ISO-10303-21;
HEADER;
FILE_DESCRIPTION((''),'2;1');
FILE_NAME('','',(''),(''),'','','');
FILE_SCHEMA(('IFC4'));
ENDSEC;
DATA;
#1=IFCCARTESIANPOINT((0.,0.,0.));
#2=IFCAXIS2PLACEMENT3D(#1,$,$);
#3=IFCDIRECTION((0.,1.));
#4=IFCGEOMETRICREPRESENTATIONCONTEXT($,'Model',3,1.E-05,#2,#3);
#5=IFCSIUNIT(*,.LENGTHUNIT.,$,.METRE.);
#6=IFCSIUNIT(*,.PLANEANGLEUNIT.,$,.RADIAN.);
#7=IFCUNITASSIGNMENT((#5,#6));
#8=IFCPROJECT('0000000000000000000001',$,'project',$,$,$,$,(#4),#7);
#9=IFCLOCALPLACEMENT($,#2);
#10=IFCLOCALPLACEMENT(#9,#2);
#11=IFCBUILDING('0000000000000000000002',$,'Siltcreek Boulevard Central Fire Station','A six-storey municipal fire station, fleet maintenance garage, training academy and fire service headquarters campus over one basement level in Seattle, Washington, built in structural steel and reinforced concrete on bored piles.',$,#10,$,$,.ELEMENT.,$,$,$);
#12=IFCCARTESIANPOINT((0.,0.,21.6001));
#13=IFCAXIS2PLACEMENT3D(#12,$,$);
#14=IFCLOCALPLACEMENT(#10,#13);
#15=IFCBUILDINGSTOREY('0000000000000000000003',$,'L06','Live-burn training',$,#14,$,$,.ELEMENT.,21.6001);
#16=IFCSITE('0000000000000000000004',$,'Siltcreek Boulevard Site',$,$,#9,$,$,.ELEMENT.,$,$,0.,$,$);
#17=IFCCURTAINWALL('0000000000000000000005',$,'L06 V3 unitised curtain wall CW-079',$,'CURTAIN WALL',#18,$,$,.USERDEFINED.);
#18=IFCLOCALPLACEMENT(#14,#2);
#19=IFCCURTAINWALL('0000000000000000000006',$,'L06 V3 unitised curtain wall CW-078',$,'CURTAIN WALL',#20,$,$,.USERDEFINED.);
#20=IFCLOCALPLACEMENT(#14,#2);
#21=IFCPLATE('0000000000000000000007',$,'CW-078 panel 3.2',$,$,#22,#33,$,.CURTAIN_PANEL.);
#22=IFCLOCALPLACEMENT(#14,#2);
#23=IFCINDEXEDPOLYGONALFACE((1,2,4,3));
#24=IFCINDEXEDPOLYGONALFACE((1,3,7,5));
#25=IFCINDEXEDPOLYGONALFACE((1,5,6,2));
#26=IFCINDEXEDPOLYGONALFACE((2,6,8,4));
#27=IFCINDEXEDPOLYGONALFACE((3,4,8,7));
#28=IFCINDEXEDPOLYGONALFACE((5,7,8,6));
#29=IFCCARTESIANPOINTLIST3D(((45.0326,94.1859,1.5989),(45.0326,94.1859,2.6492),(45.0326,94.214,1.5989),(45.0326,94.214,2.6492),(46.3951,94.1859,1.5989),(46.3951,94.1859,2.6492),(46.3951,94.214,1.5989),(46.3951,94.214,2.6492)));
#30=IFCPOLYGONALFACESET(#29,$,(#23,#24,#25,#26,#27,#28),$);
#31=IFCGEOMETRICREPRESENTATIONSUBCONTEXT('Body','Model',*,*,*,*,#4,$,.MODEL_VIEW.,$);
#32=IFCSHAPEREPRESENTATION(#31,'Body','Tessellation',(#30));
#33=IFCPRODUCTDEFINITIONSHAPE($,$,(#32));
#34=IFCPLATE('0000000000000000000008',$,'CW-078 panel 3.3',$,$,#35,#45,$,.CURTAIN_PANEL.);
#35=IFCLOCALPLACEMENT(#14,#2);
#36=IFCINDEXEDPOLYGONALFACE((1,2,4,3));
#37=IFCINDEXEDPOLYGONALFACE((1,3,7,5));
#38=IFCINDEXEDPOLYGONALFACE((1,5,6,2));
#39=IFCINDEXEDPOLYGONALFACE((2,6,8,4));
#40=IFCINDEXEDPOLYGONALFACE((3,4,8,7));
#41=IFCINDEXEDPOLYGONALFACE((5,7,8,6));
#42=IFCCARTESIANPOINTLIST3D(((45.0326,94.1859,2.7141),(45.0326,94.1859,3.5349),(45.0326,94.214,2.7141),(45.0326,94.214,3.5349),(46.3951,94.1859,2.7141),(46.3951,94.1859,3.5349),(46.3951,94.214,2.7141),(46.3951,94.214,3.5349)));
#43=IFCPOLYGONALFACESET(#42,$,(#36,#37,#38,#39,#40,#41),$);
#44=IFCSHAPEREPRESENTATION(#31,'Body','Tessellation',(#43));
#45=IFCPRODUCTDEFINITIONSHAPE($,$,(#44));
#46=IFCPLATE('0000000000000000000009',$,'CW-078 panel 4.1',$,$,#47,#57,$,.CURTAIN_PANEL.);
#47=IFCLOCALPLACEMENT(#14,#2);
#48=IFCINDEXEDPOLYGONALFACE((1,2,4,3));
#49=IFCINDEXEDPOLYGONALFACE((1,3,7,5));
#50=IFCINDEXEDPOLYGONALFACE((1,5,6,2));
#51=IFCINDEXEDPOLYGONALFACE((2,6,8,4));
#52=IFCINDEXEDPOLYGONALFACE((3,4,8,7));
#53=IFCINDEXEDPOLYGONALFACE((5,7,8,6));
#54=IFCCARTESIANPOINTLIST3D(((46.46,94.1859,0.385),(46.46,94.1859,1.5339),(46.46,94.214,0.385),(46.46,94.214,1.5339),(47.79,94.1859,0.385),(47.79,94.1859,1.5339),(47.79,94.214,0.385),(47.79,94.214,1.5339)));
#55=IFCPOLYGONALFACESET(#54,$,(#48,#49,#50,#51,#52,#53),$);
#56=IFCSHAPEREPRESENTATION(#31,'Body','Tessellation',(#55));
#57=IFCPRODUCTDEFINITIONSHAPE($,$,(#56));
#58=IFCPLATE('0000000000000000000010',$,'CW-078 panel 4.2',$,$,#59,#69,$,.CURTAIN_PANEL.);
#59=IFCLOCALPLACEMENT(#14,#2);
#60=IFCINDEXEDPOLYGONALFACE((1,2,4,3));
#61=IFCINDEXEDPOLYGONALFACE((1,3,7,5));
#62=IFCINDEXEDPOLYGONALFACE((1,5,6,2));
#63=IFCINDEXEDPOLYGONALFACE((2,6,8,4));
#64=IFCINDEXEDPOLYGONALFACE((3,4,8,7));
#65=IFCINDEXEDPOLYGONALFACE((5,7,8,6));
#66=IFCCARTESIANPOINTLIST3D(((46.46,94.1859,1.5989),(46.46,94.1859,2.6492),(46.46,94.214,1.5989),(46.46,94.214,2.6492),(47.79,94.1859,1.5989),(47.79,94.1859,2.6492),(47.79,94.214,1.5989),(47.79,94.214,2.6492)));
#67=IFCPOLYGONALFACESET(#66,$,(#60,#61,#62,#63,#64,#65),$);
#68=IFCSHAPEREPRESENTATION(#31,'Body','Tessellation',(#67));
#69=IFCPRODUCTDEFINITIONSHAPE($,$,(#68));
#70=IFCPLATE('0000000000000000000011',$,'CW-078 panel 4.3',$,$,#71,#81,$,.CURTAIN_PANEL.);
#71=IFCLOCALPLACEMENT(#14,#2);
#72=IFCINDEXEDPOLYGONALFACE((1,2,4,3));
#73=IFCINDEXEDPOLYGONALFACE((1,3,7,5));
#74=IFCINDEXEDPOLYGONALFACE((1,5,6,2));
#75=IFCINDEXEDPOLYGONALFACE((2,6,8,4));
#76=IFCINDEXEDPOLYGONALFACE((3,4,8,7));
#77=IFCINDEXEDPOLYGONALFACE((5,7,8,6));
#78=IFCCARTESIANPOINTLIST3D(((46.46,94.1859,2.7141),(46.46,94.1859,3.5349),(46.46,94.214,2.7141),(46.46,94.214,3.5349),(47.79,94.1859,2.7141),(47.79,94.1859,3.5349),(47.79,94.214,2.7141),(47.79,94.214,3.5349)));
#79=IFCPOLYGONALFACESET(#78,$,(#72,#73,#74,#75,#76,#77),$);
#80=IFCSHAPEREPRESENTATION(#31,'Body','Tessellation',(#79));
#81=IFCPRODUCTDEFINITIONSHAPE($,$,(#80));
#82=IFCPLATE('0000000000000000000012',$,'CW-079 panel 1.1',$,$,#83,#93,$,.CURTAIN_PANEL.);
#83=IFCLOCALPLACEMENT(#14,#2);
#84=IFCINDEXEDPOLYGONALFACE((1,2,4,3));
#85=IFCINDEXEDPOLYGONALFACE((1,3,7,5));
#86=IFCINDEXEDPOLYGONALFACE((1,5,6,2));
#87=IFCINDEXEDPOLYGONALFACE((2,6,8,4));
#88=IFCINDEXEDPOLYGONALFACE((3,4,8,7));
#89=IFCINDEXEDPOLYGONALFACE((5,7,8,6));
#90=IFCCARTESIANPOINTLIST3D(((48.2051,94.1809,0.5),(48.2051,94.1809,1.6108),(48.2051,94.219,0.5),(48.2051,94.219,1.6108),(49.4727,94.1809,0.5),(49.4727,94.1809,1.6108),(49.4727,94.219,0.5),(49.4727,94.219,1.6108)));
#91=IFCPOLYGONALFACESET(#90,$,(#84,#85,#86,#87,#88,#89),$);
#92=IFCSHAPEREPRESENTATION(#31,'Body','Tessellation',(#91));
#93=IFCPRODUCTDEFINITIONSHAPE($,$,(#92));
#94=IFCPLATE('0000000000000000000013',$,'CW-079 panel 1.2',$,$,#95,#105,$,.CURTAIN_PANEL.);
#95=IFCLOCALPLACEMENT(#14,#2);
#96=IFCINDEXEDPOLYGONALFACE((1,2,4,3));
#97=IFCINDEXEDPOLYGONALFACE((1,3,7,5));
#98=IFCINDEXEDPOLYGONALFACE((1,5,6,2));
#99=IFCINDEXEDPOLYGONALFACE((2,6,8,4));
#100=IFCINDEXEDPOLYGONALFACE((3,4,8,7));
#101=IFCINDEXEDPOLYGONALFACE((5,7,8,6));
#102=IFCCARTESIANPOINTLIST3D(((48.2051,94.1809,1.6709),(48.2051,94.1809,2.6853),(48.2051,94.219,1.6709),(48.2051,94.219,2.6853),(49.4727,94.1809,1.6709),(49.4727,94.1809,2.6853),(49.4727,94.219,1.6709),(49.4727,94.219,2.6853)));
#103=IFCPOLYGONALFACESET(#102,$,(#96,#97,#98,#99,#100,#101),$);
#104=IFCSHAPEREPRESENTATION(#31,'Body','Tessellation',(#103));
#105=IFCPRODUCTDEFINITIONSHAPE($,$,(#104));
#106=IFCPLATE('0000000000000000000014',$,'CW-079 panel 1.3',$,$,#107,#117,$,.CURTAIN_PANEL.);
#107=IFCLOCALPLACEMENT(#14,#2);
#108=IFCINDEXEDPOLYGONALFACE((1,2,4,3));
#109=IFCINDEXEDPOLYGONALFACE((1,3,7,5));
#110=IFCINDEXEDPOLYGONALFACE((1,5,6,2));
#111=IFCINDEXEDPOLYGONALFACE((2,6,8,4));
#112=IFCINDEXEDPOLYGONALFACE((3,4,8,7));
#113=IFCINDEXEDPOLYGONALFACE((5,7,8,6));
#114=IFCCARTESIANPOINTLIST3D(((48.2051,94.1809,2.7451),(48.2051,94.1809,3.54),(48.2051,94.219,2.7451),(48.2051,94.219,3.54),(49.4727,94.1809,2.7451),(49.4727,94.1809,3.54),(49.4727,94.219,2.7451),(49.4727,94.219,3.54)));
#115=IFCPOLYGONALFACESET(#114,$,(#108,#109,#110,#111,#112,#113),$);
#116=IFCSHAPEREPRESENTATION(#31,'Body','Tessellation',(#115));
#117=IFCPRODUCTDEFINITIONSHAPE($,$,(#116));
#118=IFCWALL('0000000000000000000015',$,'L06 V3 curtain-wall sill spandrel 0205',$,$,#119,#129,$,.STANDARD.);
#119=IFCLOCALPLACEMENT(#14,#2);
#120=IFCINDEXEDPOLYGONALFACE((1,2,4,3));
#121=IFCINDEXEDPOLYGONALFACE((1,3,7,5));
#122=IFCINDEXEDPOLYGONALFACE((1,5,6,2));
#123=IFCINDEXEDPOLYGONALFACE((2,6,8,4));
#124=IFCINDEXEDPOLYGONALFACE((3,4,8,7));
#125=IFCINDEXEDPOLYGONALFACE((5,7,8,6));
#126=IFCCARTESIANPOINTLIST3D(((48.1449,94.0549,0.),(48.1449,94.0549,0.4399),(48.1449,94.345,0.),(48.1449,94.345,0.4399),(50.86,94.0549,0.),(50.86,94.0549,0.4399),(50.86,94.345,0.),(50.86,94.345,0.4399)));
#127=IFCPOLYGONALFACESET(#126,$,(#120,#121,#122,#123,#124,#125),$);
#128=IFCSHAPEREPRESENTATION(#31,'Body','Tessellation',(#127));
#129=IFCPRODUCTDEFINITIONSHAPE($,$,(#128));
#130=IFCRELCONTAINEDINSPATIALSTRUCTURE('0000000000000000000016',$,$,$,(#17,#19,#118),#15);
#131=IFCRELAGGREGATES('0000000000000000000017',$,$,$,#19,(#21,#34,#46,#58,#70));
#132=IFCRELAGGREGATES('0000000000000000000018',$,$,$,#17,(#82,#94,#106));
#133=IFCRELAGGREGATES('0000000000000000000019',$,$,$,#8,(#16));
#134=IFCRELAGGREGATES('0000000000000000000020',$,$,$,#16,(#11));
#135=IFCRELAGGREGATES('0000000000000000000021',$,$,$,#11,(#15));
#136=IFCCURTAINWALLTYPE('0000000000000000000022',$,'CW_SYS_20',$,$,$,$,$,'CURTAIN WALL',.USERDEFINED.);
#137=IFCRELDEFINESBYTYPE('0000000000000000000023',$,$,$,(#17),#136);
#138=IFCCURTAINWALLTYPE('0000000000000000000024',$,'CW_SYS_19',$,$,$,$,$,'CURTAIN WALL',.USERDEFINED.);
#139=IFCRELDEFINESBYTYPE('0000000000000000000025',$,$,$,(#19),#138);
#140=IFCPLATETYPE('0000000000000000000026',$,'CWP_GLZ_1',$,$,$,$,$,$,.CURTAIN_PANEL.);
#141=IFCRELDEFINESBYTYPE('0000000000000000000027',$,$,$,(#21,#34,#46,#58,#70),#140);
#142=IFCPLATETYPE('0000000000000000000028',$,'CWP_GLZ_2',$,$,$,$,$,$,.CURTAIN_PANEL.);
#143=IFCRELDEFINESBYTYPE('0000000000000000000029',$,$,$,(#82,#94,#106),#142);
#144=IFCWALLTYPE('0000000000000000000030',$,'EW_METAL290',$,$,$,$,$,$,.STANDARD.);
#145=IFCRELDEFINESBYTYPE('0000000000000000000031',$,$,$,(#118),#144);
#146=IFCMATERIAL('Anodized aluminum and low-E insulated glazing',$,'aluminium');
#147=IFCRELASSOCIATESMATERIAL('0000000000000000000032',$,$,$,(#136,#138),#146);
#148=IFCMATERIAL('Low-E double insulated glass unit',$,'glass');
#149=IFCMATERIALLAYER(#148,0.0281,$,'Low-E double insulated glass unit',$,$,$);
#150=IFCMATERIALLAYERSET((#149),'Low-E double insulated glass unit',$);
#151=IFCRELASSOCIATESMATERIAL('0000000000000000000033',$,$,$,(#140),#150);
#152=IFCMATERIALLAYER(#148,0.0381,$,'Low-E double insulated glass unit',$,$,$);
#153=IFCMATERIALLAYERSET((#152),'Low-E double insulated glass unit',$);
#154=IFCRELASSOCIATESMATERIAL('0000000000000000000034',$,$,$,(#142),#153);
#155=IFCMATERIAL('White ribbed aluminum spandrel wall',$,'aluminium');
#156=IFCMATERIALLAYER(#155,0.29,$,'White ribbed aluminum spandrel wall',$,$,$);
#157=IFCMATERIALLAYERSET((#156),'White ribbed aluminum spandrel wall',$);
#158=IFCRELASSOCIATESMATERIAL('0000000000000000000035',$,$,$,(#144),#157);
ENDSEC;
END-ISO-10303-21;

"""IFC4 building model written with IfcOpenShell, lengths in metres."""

from ifc_helpers import new_model, si_unit, direction, frame, frame_2d, origin, origin_2d, place, context, subcontext, project, spatial, rectangle, extrude, material, layer, layer_set, type_object, element, aggregate, save


model = new_model("IFC4")

# Units and contexts
model_context = context("Model", 3, precision=1e-05, world=origin(), true_north=direction((0.0, 1.0)))
body_context = subcontext(model_context, "Body", "Model", "MODEL_VIEW")
ifc_project = project(units=[si_unit("LENGTHUNIT", "METRE"), si_unit("PLANEANGLEUNIT", "RADIAN")], contexts=[model_context])

# Site, building, storey
site_placement = place(None, origin())
site = spatial("IfcSite", under=ifc_project, at=site_placement, Name="Siltcreek Boulevard Site", CompositionType="ELEMENT", RefElevation=0.0)
building_placement = place(site_placement, origin())
building = spatial("IfcBuilding", under=site, at=building_placement, Name="Siltcreek Boulevard Central Fire Station", Description="A six-storey municipal fire station, fleet maintenance garage, training academy and fire service headquarters campus over one basement level in Seattle, Washington, built in structural steel and reinforced concrete on bored piles.", CompositionType="ELEMENT")
storey_placement = place(building_placement, frame((0.0, 0.0, 21.6001)))
storey = spatial("IfcBuildingStorey", under=building, at=storey_placement, Name="L06", Description="Live-burn training", CompositionType="ELEMENT", Elevation=21.6001)

# Curtain walls
ifc_material_1 = material(Name="Anodized aluminum and low-E insulated glazing", Category="aluminium")
curtain_wall_type_1 = type_object("IfcCurtainWallType", Name="CW_SYS_20", ElementType="CURTAIN WALL", PredefinedType="USERDEFINED", material=ifc_material_1)
curtain_wall_1_placement = place(storey_placement, origin())
curtain_wall_1 = element("IfcCurtainWall", 1, at=curtain_wall_1_placement, inside=storey, type_object=curtain_wall_type_1, Name="L06 V3 unitised curtain wall CW-079", ObjectType="CURTAIN WALL", PredefinedType="USERDEFINED")
curtain_wall_type_2 = type_object("IfcCurtainWallType", Name="CW_SYS_19", ElementType="CURTAIN WALL", PredefinedType="USERDEFINED", material=ifc_material_1)
curtain_wall_2_placement = place(storey_placement, origin())
curtain_wall_2 = element("IfcCurtainWall", 2, at=curtain_wall_2_placement, inside=storey, type_object=curtain_wall_type_2, Name="L06 V3 unitised curtain wall CW-078", ObjectType="CURTAIN WALL", PredefinedType="USERDEFINED")

# Plates
ifc_material_2 = material(Name="Low-E double insulated glass unit", Category="glass")
ifc_layer_1 = layer(ifc_material_2, 0.0281, Name="Low-E double insulated glass unit")
ifc_layer_set_1 = layer_set([ifc_layer_1], Name="Low-E double insulated glass unit")
plate_type_1 = type_object("IfcPlateType", Name="CWP_GLZ_1", PredefinedType="CURTAIN_PANEL", material=ifc_layer_set_1)
plate_1_placement = place(storey_placement, frame((45.7139, 94.2, 1.5989), z_axis=(0.0, 0.0, 1.0), x_axis=(1.0, 0.0, 0.0)))
plate_1 = element("IfcPlate", 3, at=plate_1_placement, type_object=plate_type_1, Name="CW-078 panel 3.2", PredefinedType="CURTAIN_PANEL", context=body_context, shape_type="SweptSolid", body=[
    extrude(rectangle(XDim=1.3625, YDim=0.0281, at=origin_2d()), origin(), (0.0, 0.0, 1.0), 1.0503),
])
plate_2_placement = place(storey_placement, frame((45.7139, 94.2, 2.7141), z_axis=(0.0, 0.0, 1.0), x_axis=(1.0, 0.0, 0.0)))
plate_2 = element("IfcPlate", 4, at=plate_2_placement, type_object=plate_type_1, Name="CW-078 panel 3.3", PredefinedType="CURTAIN_PANEL", context=body_context, shape_type="SweptSolid", body=[
    extrude(rectangle(XDim=1.3625, YDim=0.0281, at=origin_2d()), origin(), (0.0, 0.0, 1.0), 0.8208),
])
plate_3_placement = place(storey_placement, frame((47.125, 94.2, 0.385), z_axis=(0.0, 0.0, 1.0), x_axis=(1.0, 0.0, 0.0)))
plate_3 = element("IfcPlate", 5, at=plate_3_placement, type_object=plate_type_1, Name="CW-078 panel 4.1", PredefinedType="CURTAIN_PANEL", context=body_context, shape_type="SweptSolid", body=[
    extrude(rectangle(XDim=1.3301, YDim=0.0281, at=origin_2d()), origin(), (0.0, 0.0, 1.0), 1.1489),
])
plate_4_placement = place(storey_placement, frame((47.125, 94.2, 1.5989), z_axis=(0.0, 0.0, 1.0), x_axis=(1.0, 0.0, 0.0)))
plate_4 = element("IfcPlate", 6, at=plate_4_placement, type_object=plate_type_1, Name="CW-078 panel 4.2", PredefinedType="CURTAIN_PANEL", context=body_context, shape_type="SweptSolid", body=[
    extrude(rectangle(XDim=1.3301, YDim=0.0281, at=origin_2d()), origin(), (0.0, 0.0, 1.0), 1.0503),
])
plate_5_placement = place(storey_placement, frame((47.125, 94.2, 2.7141), z_axis=(0.0, 0.0, 1.0), x_axis=(1.0, 0.0, 0.0)))
plate_5 = element("IfcPlate", 7, at=plate_5_placement, type_object=plate_type_1, Name="CW-078 panel 4.3", PredefinedType="CURTAIN_PANEL", context=body_context, shape_type="SweptSolid", body=[
    extrude(rectangle(XDim=1.3301, YDim=0.0281, at=origin_2d()), origin(), (0.0, 0.0, 1.0), 0.8208),
])
aggregate(curtain_wall_2, [plate_1, plate_2, plate_3, plate_4, plate_5])
ifc_layer_2 = layer(ifc_material_2, 0.0381, Name="Low-E double insulated glass unit")
ifc_layer_set_2 = layer_set([ifc_layer_2], Name="Low-E double insulated glass unit")
plate_type_2 = type_object("IfcPlateType", Name="CWP_GLZ_2", PredefinedType="CURTAIN_PANEL", material=ifc_layer_set_2)
plate_6_placement = place(storey_placement, frame((48.8389, 94.2, 0.5), z_axis=(0.0, 0.0, 1.0), x_axis=(1.0, 0.0, 0.0)))
plate_6 = element("IfcPlate", 8, at=plate_6_placement, type_object=plate_type_2, Name="CW-079 panel 1.1", PredefinedType="CURTAIN_PANEL", context=body_context, shape_type="SweptSolid", body=[
    extrude(rectangle(XDim=1.2676, YDim=0.0381, at=origin_2d()), origin(), (0.0, 0.0, 1.0), 1.1108),
])
plate_7_placement = place(storey_placement, frame((48.8389, 94.2, 1.6709), z_axis=(0.0, 0.0, 1.0), x_axis=(1.0, 0.0, 0.0)))
plate_7 = element("IfcPlate", 9, at=plate_7_placement, type_object=plate_type_2, Name="CW-079 panel 1.2", PredefinedType="CURTAIN_PANEL", context=body_context, shape_type="SweptSolid", body=[
    extrude(rectangle(XDim=1.2676, YDim=0.0381, at=origin_2d()), origin(), (0.0, 0.0, 1.0), 1.0144),
])
plate_8_placement = place(storey_placement, frame((48.8389, 94.2, 2.7451), z_axis=(0.0, 0.0, 1.0), x_axis=(1.0, 0.0, 0.0)))
plate_8 = element("IfcPlate", 10, at=plate_8_placement, type_object=plate_type_2, Name="CW-079 panel 1.3", PredefinedType="CURTAIN_PANEL", context=body_context, shape_type="SweptSolid", body=[
    extrude(rectangle(XDim=1.2676, YDim=0.0381, at=origin_2d()), origin(), (0.0, 0.0, 1.0), 0.7949),
])
aggregate(curtain_wall_1, [plate_6, plate_7, plate_8])

# Wall
ifc_material_3 = material(Name="White ribbed aluminum spandrel wall", Category="aluminium")
ifc_layer_3 = layer(ifc_material_3, 0.29, Name="White ribbed aluminum spandrel wall")
ifc_layer_set_3 = layer_set([ifc_layer_3], Name="White ribbed aluminum spandrel wall")
wall_type = type_object("IfcWallType", Name="EW_METAL290", PredefinedType="STANDARD", material=ifc_layer_set_3)
wall_placement = place(storey_placement, frame((48.145, 94.2, 0.0), z_axis=(0.0, 0.0, 1.0), x_axis=(1.0, 0.0, 0.0)))
element("IfcWall", 11, at=wall_placement, inside=storey, type_object=wall_type, Name="L06 V3 curtain-wall sill spandrel 0205", PredefinedType="STANDARD", context=body_context, shape_type="SweptSolid", body=[
    extrude(rectangle(XDim=2.7151, YDim=0.29, at=frame_2d((1.3574, 0.0))), origin(), (0.0, 0.0, 1.0), 0.4399),
])

save(model, "model.ifc")
